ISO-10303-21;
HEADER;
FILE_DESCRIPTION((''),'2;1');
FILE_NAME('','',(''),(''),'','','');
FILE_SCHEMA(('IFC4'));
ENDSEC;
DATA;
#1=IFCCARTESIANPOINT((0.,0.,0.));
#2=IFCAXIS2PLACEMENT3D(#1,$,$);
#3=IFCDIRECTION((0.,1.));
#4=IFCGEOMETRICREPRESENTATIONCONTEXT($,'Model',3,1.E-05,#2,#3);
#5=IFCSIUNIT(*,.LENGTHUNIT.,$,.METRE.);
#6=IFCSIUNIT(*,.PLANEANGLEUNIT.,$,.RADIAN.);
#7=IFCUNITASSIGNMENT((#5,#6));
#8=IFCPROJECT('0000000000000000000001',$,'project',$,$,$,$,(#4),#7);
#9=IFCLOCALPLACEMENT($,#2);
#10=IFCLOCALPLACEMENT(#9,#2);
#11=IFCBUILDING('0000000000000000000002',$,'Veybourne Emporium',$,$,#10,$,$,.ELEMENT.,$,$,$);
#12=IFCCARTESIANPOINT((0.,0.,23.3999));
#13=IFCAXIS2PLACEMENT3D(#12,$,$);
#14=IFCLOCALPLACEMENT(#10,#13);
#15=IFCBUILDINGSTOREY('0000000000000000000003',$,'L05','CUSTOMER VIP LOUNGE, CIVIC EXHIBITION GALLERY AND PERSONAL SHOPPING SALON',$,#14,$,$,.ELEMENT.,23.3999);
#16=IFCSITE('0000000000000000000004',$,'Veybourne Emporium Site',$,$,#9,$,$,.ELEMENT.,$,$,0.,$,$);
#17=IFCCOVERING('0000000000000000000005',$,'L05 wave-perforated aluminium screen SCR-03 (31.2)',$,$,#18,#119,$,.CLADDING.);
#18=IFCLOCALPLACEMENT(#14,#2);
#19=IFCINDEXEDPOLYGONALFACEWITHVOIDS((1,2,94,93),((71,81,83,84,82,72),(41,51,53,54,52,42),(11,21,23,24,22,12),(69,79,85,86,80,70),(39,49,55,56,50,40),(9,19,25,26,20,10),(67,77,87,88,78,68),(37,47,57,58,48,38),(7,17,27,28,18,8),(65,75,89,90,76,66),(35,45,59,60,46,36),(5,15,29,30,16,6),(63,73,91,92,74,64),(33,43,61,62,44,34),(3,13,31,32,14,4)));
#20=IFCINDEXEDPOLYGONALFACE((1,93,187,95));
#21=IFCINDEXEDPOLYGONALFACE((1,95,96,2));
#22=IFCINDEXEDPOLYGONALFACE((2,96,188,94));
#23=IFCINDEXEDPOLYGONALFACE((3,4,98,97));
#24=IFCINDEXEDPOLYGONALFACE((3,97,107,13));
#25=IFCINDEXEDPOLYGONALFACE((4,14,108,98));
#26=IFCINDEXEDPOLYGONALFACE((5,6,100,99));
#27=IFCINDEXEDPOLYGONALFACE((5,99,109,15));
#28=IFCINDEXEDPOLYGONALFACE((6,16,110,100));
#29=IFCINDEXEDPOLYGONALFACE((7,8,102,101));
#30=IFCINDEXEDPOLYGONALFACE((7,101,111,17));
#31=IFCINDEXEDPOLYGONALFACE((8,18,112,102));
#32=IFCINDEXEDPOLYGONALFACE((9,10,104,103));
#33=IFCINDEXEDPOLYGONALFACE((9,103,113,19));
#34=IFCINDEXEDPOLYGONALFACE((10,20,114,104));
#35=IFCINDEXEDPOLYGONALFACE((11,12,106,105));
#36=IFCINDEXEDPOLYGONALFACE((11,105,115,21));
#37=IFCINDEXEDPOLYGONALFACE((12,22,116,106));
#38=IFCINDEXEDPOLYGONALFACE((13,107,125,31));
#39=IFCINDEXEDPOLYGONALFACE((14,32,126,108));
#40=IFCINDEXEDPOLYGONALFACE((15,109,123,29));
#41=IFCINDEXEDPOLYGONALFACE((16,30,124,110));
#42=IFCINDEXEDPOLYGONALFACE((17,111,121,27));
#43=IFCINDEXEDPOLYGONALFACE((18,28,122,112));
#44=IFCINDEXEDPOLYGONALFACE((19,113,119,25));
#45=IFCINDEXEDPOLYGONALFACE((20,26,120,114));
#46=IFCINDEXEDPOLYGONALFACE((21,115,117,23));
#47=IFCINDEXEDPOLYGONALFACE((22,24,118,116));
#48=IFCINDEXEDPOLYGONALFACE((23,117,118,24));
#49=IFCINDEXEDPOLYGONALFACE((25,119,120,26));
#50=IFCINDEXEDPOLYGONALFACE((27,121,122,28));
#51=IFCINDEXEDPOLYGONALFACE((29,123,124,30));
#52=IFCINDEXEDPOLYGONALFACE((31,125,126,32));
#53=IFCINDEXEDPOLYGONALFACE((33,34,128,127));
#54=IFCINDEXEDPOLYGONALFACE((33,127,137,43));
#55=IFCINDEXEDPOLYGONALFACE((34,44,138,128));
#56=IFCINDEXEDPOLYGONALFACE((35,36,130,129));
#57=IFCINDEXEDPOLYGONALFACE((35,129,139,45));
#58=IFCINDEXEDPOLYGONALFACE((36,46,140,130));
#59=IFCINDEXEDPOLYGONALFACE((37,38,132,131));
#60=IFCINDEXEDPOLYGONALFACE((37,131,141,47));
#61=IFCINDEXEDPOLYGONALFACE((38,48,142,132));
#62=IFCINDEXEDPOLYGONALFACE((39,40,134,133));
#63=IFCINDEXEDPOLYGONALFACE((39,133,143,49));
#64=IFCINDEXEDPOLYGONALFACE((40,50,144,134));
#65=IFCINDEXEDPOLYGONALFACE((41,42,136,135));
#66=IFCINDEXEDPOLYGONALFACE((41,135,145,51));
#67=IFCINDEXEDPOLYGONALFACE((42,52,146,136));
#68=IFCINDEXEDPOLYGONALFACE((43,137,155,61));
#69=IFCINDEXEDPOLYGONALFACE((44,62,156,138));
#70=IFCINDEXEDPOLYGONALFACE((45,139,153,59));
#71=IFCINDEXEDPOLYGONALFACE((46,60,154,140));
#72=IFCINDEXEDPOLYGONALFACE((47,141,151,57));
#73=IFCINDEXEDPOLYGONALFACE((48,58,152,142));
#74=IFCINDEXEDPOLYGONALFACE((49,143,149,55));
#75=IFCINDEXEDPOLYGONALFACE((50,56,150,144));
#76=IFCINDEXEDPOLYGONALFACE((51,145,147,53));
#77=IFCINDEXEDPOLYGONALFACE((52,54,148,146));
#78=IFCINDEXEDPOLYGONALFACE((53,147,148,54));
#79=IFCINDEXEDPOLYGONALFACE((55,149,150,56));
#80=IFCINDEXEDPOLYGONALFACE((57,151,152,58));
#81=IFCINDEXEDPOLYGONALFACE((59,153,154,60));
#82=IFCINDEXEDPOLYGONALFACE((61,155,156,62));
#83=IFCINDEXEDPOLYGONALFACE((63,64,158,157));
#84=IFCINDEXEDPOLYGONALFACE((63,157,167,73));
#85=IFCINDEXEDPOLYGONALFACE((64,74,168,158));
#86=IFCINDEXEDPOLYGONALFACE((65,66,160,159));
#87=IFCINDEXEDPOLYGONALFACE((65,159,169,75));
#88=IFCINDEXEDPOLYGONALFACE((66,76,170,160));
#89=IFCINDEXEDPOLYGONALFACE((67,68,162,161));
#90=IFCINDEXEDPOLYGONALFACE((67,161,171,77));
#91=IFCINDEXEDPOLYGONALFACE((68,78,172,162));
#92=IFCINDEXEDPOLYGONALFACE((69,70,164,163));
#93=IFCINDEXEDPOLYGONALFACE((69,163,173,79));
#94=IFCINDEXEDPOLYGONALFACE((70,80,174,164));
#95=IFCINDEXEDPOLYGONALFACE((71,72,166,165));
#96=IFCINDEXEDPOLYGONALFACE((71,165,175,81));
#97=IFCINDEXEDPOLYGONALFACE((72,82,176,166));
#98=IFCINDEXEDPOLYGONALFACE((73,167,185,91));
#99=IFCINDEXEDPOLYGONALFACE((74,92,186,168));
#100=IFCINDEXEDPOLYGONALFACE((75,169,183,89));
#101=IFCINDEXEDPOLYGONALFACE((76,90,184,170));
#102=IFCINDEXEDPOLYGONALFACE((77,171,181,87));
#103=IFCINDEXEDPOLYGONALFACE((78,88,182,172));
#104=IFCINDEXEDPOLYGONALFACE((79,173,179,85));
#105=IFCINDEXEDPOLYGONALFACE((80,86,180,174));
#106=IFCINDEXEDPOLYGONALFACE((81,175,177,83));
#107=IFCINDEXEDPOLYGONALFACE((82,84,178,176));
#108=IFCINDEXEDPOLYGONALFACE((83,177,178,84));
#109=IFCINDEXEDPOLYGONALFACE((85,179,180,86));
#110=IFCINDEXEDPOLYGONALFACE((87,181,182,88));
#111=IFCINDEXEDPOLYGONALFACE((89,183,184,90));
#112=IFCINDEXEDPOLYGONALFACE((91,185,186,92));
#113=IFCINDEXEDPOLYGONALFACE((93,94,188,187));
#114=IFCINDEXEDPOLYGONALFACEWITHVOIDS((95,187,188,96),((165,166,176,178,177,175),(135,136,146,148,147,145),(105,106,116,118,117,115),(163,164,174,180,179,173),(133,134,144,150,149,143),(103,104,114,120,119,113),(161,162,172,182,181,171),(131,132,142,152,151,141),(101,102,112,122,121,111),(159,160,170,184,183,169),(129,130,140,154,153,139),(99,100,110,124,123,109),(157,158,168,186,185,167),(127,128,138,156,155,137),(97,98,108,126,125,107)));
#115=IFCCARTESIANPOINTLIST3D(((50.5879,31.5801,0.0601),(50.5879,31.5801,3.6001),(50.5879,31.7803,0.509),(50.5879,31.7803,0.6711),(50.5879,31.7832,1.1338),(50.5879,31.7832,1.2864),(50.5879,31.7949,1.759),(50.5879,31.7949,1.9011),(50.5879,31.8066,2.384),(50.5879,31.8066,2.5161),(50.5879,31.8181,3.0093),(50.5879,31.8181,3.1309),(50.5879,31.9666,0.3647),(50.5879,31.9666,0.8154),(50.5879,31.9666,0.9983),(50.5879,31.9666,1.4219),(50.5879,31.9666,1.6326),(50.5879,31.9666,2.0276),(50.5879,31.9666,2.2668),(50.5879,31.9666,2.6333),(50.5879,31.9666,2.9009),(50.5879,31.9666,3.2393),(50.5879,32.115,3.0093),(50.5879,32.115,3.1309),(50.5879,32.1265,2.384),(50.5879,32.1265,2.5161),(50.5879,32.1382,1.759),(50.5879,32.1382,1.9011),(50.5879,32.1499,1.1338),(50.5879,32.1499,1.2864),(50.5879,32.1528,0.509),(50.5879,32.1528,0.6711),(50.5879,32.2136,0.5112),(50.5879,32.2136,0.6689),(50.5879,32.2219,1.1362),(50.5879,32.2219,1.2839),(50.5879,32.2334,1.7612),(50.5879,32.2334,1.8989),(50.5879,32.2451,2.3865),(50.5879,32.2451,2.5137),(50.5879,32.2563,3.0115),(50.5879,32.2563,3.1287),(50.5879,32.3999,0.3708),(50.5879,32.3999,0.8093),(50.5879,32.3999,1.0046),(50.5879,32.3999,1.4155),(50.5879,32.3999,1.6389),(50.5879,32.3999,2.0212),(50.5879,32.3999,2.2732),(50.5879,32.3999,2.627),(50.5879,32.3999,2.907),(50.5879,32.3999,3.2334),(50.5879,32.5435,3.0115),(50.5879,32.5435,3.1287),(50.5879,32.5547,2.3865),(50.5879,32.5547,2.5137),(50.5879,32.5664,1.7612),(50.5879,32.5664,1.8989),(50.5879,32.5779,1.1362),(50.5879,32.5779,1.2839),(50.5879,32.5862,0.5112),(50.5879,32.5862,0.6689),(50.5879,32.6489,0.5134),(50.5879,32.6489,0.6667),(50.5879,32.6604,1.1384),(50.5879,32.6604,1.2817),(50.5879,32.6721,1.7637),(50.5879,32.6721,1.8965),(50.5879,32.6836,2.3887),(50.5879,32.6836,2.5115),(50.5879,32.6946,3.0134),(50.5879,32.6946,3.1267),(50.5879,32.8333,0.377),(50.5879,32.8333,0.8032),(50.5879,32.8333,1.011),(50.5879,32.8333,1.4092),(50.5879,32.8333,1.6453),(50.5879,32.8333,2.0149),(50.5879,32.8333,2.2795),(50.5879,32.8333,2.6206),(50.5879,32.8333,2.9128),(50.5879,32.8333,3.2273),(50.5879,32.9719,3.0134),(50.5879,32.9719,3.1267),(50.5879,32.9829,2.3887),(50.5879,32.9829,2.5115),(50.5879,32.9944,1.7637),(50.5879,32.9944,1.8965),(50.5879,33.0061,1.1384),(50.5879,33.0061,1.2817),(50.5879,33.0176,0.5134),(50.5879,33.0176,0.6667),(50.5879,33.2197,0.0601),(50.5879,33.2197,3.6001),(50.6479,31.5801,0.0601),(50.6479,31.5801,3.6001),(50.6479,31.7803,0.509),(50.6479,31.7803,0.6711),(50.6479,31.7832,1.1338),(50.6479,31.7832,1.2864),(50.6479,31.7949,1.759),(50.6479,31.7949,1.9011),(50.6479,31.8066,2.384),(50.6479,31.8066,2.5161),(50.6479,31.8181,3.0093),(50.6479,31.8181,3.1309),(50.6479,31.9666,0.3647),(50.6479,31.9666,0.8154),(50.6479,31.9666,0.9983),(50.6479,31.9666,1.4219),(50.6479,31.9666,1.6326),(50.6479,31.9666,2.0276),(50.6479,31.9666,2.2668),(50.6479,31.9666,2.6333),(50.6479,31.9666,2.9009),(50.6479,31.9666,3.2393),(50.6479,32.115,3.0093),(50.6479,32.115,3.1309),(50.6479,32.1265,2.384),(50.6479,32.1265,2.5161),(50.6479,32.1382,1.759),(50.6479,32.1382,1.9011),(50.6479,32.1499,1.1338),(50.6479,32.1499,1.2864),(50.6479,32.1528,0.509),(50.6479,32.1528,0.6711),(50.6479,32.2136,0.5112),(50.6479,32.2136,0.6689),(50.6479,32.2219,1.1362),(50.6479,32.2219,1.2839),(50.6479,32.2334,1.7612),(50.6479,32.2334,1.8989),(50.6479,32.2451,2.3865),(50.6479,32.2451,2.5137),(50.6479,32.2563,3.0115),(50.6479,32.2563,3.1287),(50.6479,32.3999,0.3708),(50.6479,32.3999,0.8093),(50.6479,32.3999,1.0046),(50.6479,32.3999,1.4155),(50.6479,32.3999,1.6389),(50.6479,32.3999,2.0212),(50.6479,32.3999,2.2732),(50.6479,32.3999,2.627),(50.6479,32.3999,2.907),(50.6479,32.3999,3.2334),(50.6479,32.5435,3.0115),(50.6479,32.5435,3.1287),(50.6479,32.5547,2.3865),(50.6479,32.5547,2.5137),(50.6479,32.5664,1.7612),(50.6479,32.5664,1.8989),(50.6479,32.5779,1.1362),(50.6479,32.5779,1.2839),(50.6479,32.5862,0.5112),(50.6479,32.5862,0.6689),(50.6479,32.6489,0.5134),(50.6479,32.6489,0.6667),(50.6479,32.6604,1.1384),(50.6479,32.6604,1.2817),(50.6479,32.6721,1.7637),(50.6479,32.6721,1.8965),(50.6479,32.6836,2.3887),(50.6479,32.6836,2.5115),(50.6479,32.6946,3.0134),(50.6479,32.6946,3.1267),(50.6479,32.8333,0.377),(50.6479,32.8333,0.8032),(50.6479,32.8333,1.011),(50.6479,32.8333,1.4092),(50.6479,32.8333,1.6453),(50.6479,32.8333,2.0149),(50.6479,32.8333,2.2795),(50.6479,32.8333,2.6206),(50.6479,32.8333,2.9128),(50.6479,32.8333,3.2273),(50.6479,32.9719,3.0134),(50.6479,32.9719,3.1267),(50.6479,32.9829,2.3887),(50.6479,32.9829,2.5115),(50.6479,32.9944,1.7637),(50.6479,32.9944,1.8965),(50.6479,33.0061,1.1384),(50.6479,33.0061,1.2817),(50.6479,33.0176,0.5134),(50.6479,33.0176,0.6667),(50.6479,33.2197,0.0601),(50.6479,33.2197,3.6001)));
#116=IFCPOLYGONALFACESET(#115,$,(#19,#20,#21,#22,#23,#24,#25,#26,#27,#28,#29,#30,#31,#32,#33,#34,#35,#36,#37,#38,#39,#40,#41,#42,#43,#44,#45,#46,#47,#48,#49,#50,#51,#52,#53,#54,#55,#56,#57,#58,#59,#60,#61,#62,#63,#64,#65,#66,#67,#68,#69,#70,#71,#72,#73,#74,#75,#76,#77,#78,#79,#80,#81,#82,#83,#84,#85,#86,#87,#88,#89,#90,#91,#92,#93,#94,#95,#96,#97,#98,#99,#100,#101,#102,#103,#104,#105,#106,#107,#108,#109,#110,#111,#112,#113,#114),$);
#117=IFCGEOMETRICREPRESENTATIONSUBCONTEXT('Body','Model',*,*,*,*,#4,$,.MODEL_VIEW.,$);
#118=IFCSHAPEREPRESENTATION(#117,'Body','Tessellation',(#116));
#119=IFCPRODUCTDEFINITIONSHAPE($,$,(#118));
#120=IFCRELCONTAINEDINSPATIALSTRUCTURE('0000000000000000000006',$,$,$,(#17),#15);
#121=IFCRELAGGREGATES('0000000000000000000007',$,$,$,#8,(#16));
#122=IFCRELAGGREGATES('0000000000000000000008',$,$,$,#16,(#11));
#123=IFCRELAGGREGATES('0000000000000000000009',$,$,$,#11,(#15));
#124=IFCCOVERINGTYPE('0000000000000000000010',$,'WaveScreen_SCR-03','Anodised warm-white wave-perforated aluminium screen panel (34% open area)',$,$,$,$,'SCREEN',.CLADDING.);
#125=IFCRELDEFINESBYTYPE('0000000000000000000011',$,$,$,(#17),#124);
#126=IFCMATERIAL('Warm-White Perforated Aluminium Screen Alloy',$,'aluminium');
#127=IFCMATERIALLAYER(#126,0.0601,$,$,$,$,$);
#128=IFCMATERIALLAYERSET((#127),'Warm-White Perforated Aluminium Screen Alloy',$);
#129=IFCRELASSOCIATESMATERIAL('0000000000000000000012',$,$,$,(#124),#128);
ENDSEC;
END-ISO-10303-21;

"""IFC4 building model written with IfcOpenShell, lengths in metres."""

from ifc_helpers import new_model, si_unit, direction, frame, origin, place, context, subcontext, project, spatial, polyline, outline, extrude, material, layer, layer_set, type_object, element, save


model = new_model("IFC4")

# Units and contexts
model_context = context("Model", 3, precision=1e-05, world=origin(), true_north=direction((0.0, 1.0)))
body_context = subcontext(model_context, "Body", "Model", "MODEL_VIEW")
ifc_project = project(units=[si_unit("LENGTHUNIT", "METRE"), si_unit("PLANEANGLEUNIT", "RADIAN")], contexts=[model_context])

# Site, building, storey
site_placement = place(None, origin())
site = spatial("IfcSite", under=ifc_project, at=site_placement, Name="Veybourne Emporium Site", CompositionType="ELEMENT", RefElevation=0.0)
building_placement = place(site_placement, origin())
building = spatial("IfcBuilding", under=site, at=building_placement, Name="Veybourne Emporium", CompositionType="ELEMENT")
storey_placement = place(building_placement, frame((0.0, 0.0, 23.3999)))
storey = spatial("IfcBuildingStorey", under=building, at=storey_placement, Name="L05", Description="CUSTOMER VIP LOUNGE, CIVIC EXHIBITION GALLERY AND PERSONAL SHOPPING SALON", CompositionType="ELEMENT", Elevation=23.3999)

# Covering
ifc_material_1 = material(Name="Warm-White Perforated Aluminium Screen Alloy", Category="aluminium")
ifc_layer_1 = layer(ifc_material_1, 0.0601)
ifc_layer_set_1 = layer_set([ifc_layer_1], Name="Warm-White Perforated Aluminium Screen Alloy")
covering_type_1 = type_object("IfcCoveringType", Name="WaveScreen_SCR-03", Description="Anodised warm-white wave-perforated aluminium screen panel (34% open area)", ElementType="SCREEN", PredefinedType="CLADDING", material=ifc_layer_set_1)
covering_1_placement = place(storey_placement, frame((50.6479, 32.3999, 1.8301), z_axis=(-1.0, 0.0, 0.0), x_axis=(0.0, -1.0, 0.0)))
element("IfcCovering", 1, at=covering_1_placement, inside=storey, type_object=covering_type_1, Name="L05 wave-perforated aluminium screen SCR-03 (31.2)", PredefinedType="CLADDING", context=body_context, shape_type="SweptSolid", body=[
    extrude(outline(polyline([(-0.8198, -1.77), (0.8198, -1.77), (0.8198, 1.77), (-0.8198, 1.77), (-0.8198, -1.77)]), holes=[polyline([(-0.4333, -1.0269), (-0.249, -1.1633), (-0.249, -1.3167), (-0.4333, -1.4531), (-0.6177, -1.3167), (-0.6177, -1.1633), (-0.4333, -1.0269)]), polyline([(-0.4333, -0.4209), (-0.2605, -0.5483), (-0.2605, -0.6917), (-0.4333, -0.8191), (-0.6062, -0.6917), (-0.6062, -0.5483), (-0.4333, -0.4209)]), polyline([(-0.4333, 0.1848), (-0.2722, 0.0664), (-0.2722, -0.0664), (-0.4333, -0.1848), (-0.5945, -0.0664), (-0.5945, 0.0664), (-0.4333, 0.1848)]), polyline([(-0.4333, 0.7905), (-0.2837, 0.6814), (-0.2837, 0.5586), (-0.4333, 0.4495), (-0.583, 0.5586), (-0.583, 0.6814), (-0.4333, 0.7905)]), polyline([(-0.4333, 1.3972), (-0.2947, 1.2966), (-0.2947, 1.1833), (-0.4333, 1.0828), (-0.572, 1.1833), (-0.572, 1.2966), (-0.4333, 1.3972)]), polyline([(0.0, -1.0208), (0.1863, -1.1611), (0.1863, -1.3188), (0.0, -1.4592), (-0.1863, -1.3188), (-0.1863, -1.1611), (0.0, -1.0208)]), polyline([(0.0, -0.4146), (0.178, -0.5461), (0.178, -0.6938), (0.0, -0.8254), (-0.178, -0.6938), (-0.178, -0.5461), (0.0, -0.4146)]), polyline([(0.0, 0.1912), (0.1665, 0.0688), (0.1665, -0.0688), (0.0, -0.1912), (-0.1665, -0.0688), (-0.1665, 0.0688), (0.0, 0.1912)]), polyline([(0.0, 0.7969), (0.1548, 0.6836), (0.1548, 0.5564), (0.0, 0.4431), (-0.1548, 0.5564), (-0.1548, 0.6836), (0.0, 0.7969)]), polyline([(0.0, 1.4033), (0.1436, 1.2986), (0.1436, 1.1814), (0.0, 1.0769), (-0.1436, 1.1814), (-0.1436, 1.2986), (0.0, 1.4033)]), polyline([(0.4333, -1.0146), (0.6196, -1.1589), (0.6196, -1.321), (0.4333, -1.4653), (0.2471, -1.321), (0.2471, -1.1589), (0.4333, -1.0146)]), polyline([(0.4333, -0.4082), (0.6167, -0.5437), (0.6167, -0.6963), (0.4333, -0.8318), (0.25, -0.6963), (0.25, -0.5437), (0.4333, -0.4082)]), polyline([(0.4333, 0.1975), (0.605, 0.071), (0.605, -0.071), (0.4333, -0.1975), (0.2617, -0.071), (0.2617, 0.071), (0.4333, 0.1975)]), polyline([(0.4333, 0.8032), (0.5933, 0.686), (0.5933, 0.554), (0.4333, 0.4368), (0.2734, 0.554), (0.2734, 0.686), (0.4333, 0.8032)]), polyline([(0.4333, 1.4092), (0.5818, 1.3008), (0.5818, 1.1792), (0.4333, 1.0708), (0.2849, 1.1792), (0.2849, 1.3008), (0.4333, 1.4092)])]), origin(), (0.0, 0.0, 1.0), 0.0601),
])

save(model, "model.ifc")
